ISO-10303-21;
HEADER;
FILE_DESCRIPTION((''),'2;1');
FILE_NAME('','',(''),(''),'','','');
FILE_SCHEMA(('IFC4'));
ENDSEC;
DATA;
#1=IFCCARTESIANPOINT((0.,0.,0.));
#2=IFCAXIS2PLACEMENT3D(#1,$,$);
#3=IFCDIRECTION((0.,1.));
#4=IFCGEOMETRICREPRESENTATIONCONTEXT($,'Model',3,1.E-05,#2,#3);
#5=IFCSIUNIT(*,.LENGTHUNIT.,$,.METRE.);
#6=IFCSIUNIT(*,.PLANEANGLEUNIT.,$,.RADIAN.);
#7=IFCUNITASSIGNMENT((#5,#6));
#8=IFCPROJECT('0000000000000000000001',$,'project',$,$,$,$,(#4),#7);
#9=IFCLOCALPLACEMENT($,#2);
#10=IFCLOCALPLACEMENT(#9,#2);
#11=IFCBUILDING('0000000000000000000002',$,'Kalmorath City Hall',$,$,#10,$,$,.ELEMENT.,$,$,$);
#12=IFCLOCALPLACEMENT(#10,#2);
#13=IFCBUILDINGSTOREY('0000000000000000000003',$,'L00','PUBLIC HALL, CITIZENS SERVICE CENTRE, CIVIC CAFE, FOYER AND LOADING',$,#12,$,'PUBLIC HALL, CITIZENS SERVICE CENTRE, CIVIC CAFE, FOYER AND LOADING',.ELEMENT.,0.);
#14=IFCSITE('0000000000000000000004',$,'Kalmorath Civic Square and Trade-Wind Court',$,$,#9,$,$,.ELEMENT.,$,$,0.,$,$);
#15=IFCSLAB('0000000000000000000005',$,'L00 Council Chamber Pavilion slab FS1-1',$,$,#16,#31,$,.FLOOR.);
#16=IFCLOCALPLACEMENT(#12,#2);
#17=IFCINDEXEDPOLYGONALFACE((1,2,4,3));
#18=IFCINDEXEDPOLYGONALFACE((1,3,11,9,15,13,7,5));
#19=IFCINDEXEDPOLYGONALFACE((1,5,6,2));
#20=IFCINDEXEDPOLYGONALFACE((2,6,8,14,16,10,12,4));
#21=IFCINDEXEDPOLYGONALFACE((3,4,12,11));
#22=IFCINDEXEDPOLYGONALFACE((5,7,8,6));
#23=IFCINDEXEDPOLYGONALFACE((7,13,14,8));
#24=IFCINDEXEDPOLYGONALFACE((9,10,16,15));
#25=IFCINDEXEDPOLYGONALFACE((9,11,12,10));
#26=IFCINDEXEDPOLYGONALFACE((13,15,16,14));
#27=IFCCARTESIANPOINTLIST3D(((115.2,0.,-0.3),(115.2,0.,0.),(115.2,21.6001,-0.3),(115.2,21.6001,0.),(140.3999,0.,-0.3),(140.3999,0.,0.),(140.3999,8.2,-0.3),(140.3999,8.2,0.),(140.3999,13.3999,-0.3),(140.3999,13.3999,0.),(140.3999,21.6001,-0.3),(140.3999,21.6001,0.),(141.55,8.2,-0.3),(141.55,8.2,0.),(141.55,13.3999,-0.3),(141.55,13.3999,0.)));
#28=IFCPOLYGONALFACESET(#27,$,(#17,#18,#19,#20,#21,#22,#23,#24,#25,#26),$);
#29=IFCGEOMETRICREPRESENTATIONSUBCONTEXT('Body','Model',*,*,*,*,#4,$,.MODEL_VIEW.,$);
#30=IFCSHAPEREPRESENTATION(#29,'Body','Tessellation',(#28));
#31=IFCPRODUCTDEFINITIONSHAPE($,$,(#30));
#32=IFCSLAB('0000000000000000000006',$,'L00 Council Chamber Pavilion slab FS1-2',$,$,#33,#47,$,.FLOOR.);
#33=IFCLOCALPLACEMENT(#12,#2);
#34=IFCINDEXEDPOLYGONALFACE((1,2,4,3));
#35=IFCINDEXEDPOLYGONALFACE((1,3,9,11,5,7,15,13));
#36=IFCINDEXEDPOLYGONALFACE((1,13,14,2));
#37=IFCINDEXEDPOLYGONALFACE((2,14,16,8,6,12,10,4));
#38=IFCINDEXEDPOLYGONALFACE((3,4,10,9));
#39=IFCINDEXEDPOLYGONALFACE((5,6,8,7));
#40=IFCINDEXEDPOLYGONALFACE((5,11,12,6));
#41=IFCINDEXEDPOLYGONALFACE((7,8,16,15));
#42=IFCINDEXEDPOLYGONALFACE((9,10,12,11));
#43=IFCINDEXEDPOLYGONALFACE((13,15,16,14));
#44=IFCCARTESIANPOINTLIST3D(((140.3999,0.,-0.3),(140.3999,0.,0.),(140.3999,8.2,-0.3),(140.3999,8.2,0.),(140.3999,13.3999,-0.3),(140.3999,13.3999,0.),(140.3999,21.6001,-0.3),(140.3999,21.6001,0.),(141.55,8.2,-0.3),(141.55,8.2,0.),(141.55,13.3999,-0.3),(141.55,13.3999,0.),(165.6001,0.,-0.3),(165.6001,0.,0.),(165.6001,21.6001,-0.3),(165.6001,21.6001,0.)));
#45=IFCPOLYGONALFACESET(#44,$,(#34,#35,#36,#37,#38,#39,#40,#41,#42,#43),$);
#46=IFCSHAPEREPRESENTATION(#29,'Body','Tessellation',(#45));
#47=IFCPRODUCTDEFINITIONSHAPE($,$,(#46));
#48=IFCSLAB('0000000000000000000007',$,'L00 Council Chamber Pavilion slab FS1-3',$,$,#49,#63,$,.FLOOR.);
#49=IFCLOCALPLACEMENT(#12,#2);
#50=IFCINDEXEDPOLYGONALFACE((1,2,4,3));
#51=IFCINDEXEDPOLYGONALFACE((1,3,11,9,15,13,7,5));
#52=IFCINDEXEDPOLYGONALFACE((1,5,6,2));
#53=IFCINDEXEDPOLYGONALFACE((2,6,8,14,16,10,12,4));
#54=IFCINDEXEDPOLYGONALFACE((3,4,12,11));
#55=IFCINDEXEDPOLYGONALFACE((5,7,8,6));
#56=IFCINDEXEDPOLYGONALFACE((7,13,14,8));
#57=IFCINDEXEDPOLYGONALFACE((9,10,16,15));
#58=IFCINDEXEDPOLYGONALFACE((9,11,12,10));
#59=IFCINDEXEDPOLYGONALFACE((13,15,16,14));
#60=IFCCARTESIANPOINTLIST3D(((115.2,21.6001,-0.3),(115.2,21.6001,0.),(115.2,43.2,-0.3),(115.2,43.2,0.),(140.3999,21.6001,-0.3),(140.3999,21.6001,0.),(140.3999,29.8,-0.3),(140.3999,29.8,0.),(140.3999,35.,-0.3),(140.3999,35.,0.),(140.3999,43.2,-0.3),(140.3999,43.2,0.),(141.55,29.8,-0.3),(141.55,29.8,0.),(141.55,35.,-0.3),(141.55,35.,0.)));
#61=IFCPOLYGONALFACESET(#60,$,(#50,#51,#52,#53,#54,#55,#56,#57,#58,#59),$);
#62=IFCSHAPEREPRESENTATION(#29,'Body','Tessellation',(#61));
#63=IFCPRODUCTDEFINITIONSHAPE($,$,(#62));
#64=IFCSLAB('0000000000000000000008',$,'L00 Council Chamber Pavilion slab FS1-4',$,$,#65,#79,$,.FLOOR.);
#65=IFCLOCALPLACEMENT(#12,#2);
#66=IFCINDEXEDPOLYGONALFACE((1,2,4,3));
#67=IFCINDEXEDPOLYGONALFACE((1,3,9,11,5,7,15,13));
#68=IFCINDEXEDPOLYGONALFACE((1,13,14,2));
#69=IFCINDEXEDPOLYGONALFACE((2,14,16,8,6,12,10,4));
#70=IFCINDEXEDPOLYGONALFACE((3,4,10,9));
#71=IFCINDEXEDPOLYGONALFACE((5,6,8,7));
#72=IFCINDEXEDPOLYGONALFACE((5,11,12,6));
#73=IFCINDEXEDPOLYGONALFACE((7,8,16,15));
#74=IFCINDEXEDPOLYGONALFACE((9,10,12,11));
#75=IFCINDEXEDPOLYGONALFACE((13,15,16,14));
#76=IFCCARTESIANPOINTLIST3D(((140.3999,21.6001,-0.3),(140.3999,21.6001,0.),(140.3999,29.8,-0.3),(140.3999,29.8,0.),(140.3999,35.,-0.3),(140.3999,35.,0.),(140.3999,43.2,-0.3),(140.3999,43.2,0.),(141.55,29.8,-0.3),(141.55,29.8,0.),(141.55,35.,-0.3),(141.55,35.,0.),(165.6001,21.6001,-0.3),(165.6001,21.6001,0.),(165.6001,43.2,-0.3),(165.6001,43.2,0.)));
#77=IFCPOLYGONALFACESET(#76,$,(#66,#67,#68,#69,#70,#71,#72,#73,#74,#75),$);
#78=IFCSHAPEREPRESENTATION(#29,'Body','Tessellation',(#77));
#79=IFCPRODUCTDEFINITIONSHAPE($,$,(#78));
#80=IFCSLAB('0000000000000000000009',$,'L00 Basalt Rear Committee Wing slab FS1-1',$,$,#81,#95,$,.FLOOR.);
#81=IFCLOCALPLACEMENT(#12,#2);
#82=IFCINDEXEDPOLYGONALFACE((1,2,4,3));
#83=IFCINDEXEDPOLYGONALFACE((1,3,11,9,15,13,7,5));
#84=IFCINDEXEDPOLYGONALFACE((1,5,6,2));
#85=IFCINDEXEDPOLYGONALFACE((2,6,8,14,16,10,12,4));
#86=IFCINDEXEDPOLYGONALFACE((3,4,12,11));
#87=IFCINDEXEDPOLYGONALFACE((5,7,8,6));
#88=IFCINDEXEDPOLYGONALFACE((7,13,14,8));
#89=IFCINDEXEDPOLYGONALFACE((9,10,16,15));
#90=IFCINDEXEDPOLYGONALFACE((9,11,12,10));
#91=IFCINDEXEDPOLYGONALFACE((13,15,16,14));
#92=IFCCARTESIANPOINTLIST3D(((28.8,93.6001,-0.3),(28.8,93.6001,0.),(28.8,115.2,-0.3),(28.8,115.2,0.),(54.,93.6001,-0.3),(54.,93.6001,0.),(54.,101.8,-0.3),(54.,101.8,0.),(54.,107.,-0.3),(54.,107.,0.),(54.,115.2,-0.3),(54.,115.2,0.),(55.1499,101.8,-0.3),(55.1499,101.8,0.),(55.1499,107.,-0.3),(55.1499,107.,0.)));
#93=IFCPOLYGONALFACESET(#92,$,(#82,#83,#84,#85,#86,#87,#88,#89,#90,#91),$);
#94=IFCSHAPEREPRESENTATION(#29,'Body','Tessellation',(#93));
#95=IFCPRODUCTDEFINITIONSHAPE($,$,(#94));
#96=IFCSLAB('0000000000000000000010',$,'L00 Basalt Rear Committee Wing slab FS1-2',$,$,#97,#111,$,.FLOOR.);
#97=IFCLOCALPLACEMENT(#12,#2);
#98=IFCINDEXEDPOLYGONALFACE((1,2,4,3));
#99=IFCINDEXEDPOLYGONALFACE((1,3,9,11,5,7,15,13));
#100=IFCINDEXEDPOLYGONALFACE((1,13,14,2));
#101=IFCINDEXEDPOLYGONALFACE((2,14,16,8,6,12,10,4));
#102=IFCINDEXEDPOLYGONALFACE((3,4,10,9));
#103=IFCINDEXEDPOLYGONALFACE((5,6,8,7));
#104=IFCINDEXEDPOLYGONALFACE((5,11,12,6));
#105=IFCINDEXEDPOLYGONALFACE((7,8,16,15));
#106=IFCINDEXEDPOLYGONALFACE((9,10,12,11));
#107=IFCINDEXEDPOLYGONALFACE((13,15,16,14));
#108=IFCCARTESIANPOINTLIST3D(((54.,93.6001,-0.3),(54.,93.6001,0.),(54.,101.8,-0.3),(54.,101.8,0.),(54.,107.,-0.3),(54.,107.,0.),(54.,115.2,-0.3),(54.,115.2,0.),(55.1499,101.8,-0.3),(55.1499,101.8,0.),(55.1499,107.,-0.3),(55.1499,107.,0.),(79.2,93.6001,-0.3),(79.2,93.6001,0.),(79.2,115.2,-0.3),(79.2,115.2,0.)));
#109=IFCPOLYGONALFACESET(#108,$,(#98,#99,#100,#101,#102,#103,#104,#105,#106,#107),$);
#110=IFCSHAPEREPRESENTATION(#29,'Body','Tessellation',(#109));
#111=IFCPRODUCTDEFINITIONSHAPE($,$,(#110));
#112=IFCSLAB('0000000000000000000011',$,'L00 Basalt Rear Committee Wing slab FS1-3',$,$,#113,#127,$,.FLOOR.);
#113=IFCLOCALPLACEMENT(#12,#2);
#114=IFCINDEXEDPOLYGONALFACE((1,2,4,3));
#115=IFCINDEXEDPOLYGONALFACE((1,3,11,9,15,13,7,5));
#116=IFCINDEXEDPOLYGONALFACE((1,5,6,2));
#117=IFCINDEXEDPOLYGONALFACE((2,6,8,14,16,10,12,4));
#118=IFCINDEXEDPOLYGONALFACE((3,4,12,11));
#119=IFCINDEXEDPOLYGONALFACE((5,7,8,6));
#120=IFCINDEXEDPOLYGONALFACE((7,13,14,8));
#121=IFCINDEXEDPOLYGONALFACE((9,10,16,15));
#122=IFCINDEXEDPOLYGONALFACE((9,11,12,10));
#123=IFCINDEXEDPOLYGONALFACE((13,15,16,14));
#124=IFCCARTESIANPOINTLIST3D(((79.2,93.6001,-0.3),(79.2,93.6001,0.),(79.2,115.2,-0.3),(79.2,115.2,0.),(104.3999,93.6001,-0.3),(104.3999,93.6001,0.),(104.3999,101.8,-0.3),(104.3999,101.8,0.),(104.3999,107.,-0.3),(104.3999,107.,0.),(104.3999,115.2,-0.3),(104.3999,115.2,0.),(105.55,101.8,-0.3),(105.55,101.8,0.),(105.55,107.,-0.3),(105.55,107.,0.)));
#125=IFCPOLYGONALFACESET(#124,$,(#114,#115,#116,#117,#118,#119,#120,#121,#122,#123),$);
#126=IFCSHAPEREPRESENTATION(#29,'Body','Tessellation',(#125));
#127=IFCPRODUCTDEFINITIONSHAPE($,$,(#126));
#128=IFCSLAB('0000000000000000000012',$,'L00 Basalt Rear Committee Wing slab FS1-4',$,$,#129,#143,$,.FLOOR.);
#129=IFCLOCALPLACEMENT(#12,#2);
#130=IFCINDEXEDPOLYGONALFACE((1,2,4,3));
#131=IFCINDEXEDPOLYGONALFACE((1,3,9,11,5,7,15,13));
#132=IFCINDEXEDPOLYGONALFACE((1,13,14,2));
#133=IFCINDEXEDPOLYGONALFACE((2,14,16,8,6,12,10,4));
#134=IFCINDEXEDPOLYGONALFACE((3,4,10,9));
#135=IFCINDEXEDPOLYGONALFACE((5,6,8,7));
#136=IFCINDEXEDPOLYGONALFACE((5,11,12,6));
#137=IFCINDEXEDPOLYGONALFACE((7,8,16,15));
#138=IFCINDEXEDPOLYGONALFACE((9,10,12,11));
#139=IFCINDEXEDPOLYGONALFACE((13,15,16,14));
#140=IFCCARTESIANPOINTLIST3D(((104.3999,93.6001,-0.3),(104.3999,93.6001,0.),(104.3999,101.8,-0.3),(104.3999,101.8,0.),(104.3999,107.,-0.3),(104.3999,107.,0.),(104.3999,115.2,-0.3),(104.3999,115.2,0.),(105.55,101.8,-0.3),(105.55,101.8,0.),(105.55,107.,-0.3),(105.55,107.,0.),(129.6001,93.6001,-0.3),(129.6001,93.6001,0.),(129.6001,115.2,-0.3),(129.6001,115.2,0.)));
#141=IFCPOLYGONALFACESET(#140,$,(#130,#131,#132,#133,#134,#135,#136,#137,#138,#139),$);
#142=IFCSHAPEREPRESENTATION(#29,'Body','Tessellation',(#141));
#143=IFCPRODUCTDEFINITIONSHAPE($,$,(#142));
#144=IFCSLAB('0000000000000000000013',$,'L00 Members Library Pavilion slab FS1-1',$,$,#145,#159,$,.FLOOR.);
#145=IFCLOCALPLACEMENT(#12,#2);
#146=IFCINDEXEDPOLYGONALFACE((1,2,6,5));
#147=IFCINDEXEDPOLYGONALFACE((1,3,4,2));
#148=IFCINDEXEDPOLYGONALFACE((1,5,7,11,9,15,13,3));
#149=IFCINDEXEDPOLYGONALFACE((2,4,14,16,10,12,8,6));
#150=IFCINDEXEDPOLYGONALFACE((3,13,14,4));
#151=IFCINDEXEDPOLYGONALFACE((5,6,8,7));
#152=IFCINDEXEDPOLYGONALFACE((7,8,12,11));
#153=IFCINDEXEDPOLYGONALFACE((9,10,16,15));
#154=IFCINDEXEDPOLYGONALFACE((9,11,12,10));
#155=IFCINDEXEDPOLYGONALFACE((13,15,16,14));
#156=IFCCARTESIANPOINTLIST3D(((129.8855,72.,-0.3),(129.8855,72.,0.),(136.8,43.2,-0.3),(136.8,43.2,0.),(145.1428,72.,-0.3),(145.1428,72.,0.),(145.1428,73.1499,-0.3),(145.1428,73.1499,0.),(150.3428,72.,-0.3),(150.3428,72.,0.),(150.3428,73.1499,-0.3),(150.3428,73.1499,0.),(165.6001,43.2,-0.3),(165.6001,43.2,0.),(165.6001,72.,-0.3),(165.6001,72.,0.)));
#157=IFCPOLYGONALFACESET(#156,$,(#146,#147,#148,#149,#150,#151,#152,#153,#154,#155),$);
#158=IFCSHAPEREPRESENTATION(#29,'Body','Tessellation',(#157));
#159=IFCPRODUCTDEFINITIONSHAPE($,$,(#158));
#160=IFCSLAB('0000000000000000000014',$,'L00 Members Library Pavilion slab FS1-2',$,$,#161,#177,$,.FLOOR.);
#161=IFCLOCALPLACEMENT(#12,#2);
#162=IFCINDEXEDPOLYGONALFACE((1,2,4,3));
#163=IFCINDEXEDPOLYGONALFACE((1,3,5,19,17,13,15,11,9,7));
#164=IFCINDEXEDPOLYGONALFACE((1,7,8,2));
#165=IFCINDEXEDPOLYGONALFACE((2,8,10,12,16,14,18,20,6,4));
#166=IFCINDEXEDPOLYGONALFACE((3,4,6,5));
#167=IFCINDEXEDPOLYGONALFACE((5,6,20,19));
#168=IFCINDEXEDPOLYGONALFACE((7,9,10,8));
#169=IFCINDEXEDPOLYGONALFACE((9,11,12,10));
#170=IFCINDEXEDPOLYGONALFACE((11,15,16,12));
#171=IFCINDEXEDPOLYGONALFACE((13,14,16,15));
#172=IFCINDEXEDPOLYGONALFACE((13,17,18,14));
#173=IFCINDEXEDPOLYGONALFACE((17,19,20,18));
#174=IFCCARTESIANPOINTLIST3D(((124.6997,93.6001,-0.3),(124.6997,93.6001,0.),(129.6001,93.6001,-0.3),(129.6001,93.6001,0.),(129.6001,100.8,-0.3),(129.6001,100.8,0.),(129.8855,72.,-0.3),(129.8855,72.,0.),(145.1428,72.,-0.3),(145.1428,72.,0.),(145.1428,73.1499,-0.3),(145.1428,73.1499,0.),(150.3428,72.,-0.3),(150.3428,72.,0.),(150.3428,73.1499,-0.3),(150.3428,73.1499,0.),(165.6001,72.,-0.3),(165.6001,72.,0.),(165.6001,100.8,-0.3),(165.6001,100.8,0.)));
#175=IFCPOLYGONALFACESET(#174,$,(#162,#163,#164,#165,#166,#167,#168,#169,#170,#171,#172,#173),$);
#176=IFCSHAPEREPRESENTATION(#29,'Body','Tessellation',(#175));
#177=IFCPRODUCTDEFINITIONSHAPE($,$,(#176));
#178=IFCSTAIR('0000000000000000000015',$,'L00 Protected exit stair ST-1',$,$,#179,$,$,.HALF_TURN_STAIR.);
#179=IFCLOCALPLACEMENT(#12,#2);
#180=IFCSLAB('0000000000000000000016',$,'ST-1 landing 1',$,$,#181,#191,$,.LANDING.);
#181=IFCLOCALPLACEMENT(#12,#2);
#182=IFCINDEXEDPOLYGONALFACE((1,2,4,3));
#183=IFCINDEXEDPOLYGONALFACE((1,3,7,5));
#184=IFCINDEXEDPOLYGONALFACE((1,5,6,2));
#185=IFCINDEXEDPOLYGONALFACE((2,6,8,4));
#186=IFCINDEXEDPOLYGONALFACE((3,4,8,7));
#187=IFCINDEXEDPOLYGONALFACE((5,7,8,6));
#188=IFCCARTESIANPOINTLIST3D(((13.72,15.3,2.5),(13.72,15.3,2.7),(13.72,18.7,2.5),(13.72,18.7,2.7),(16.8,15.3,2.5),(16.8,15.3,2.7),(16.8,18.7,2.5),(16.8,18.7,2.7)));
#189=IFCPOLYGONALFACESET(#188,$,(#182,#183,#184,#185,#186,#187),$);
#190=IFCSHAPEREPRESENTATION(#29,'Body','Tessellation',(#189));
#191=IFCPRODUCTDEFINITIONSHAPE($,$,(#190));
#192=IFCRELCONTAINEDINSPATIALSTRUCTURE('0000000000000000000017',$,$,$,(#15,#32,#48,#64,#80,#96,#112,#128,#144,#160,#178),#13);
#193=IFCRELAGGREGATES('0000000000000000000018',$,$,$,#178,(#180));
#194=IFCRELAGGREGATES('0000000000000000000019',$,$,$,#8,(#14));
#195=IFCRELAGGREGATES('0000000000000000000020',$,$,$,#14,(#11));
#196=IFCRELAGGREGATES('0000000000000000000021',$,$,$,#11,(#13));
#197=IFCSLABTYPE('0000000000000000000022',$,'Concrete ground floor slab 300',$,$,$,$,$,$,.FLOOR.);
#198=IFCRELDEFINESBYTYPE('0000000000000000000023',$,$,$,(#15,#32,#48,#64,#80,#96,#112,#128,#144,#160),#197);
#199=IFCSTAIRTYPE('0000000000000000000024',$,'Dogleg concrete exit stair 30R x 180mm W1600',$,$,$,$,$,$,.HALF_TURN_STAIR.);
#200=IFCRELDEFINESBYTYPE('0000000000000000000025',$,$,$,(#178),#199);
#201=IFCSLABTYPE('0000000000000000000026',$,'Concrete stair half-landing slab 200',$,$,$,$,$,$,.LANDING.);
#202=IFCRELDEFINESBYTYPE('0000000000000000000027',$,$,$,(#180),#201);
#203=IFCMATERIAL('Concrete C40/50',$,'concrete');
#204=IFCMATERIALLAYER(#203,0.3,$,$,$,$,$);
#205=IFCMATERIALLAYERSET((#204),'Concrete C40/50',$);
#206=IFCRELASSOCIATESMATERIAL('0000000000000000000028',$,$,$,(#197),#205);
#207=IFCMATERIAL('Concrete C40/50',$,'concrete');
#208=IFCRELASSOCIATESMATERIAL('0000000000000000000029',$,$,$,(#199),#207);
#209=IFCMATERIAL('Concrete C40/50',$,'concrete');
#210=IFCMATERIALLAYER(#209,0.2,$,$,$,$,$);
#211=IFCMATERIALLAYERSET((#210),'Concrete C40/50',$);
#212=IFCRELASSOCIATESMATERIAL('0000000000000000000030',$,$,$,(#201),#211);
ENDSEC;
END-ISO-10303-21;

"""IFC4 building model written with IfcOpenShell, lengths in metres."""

from ifc_helpers import new_model, si_unit, direction, frame, origin, place, context, subcontext, project, spatial, polyline, outline, extrude, material, layer, layer_set, type_object, element, aggregate, save


model = new_model("IFC4")

# Units and contexts
model_context = context("Model", 3, precision=1e-05, world=origin(), true_north=direction((0.0, 1.0)))
body_context = subcontext(model_context, "Body", "Model", "MODEL_VIEW")
ifc_project = project(units=[si_unit("LENGTHUNIT", "METRE"), si_unit("PLANEANGLEUNIT", "RADIAN")], contexts=[model_context])

# Site, building, storey
site_placement = place(None, origin())
site = spatial("IfcSite", under=ifc_project, at=site_placement, Name="Kalmorath Civic Square and Trade-Wind Court", CompositionType="ELEMENT", RefElevation=0.0)
building_placement = place(site_placement, origin())
building = spatial("IfcBuilding", under=site, at=building_placement, Name="Kalmorath City Hall", CompositionType="ELEMENT")
storey_placement = place(building_placement, origin())
storey = spatial("IfcBuildingStorey", under=building, at=storey_placement, Name="L00", Description="PUBLIC HALL, CITIZENS SERVICE CENTRE, CIVIC CAFE, FOYER AND LOADING", LongName="PUBLIC HALL, CITIZENS SERVICE CENTRE, CIVIC CAFE, FOYER AND LOADING", CompositionType="ELEMENT", Elevation=0.0)

# Slabs
ifc_material_1 = material(Name="Concrete C40/50", Category="concrete")
ifc_layer_1 = layer(ifc_material_1, 0.3)
ifc_layer_set_1 = layer_set([ifc_layer_1], Name="Concrete C40/50")
slab_type_1 = type_object("IfcSlabType", Name="Concrete ground floor slab 300", PredefinedType="FLOOR", material=ifc_layer_set_1)
slab_1_placement = place(storey_placement, frame((0.0, 0.0, -0.3)))
element("IfcSlab", 1, at=slab_1_placement, inside=storey, type_object=slab_type_1, Name="L00 Council Chamber Pavilion slab FS1-1", PredefinedType="FLOOR", context=body_context, shape_type="SweptSolid", body=[
    extrude(outline(polyline([(115.2, 21.6001), (140.3999, 21.6001), (140.3999, 13.3999), (141.55, 13.3999), (141.55, 8.2), (140.3999, 8.2), (140.3999, 0.0), (115.2, 0.0), (115.2, 21.6001)])), origin(), (0.0, 0.0, 1.0), 0.3),
])
slab_2_placement = place(storey_placement, frame((0.0, 0.0, -0.3)))
element("IfcSlab", 2, at=slab_2_placement, inside=storey, type_object=slab_type_1, Name="L00 Council Chamber Pavilion slab FS1-2", PredefinedType="FLOOR", context=body_context, shape_type="SweptSolid", body=[
    extrude(outline(polyline([(140.3999, 0.0), (140.3999, 8.2), (141.55, 8.2), (141.55, 13.3999), (140.3999, 13.3999), (140.3999, 21.6001), (165.6001, 21.6001), (165.6001, 0.0), (140.3999, 0.0)])), origin(), (0.0, 0.0, 1.0), 0.3),
])
slab_3_placement = place(storey_placement, frame((0.0, 0.0, -0.3)))
element("IfcSlab", 3, at=slab_3_placement, inside=storey, type_object=slab_type_1, Name="L00 Council Chamber Pavilion slab FS1-3", PredefinedType="FLOOR", context=body_context, shape_type="SweptSolid", body=[
    extrude(outline(polyline([(140.3999, 43.2), (140.3999, 35.0), (141.55, 35.0), (141.55, 29.8), (140.3999, 29.8), (140.3999, 21.6001), (115.2, 21.6001), (115.2, 43.2), (140.3999, 43.2)])), origin(), (0.0, 0.0, 1.0), 0.3),
])
slab_4_placement = place(storey_placement, frame((0.0, 0.0, -0.3)))
element("IfcSlab", 4, at=slab_4_placement, inside=storey, type_object=slab_type_1, Name="L00 Council Chamber Pavilion slab FS1-4", PredefinedType="FLOOR", context=body_context, shape_type="SweptSolid", body=[
    extrude(outline(polyline([(140.3999, 21.6001), (140.3999, 29.8), (141.55, 29.8), (141.55, 35.0), (140.3999, 35.0), (140.3999, 43.2), (165.6001, 43.2), (165.6001, 21.6001), (140.3999, 21.6001)])), origin(), (0.0, 0.0, 1.0), 0.3),
])
slab_5_placement = place(storey_placement, frame((0.0, 0.0, -0.3)))
element("IfcSlab", 5, at=slab_5_placement, inside=storey, type_object=slab_type_1, Name="L00 Basalt Rear Committee Wing slab FS1-1", PredefinedType="FLOOR", context=body_context, shape_type="SweptSolid", body=[
    extrude(outline(polyline([(28.8, 115.2), (54.0, 115.2), (54.0, 107.0), (55.1499, 107.0), (55.1499, 101.8), (54.0, 101.8), (54.0, 93.6001), (28.8, 93.6001), (28.8, 115.2)])), origin(), (0.0, 0.0, 1.0), 0.3),
])
slab_6_placement = place(storey_placement, frame((0.0, 0.0, -0.3)))
element("IfcSlab", 6, at=slab_6_placement, inside=storey, type_object=slab_type_1, Name="L00 Basalt Rear Committee Wing slab FS1-2", PredefinedType="FLOOR", context=body_context, shape_type="SweptSolid", body=[
    extrude(outline(polyline([(54.0, 101.8), (55.1499, 101.8), (55.1499, 107.0), (54.0, 107.0), (54.0, 115.2), (79.2, 115.2), (79.2, 93.6001), (54.0, 93.6001), (54.0, 101.8)])), origin(), (0.0, 0.0, 1.0), 0.3),
])
slab_7_placement = place(storey_placement, frame((0.0, 0.0, -0.3)))
element("IfcSlab", 7, at=slab_7_placement, inside=storey, type_object=slab_type_1, Name="L00 Basalt Rear Committee Wing slab FS1-3", PredefinedType="FLOOR", context=body_context, shape_type="SweptSolid", body=[
    extrude(outline(polyline([(79.2, 115.2), (104.3999, 115.2), (104.3999, 107.0), (105.55, 107.0), (105.55, 101.8), (104.3999, 101.8), (104.3999, 93.6001), (79.2, 93.6001), (79.2, 115.2)])), origin(), (0.0, 0.0, 1.0), 0.3),
])
slab_8_placement = place(storey_placement, frame((0.0, 0.0, -0.3)))
element("IfcSlab", 8, at=slab_8_placement, inside=storey, type_object=slab_type_1, Name="L00 Basalt Rear Committee Wing slab FS1-4", PredefinedType="FLOOR", context=body_context, shape_type="SweptSolid", body=[
    extrude(outline(polyline([(104.3999, 93.6001), (104.3999, 101.8), (105.55, 101.8), (105.55, 107.0), (104.3999, 107.0), (104.3999, 115.2), (129.6001, 115.2), (129.6001, 93.6001), (104.3999, 93.6001)])), origin(), (0.0, 0.0, 1.0), 0.3),
])
slab_9_placement = place(storey_placement, frame((0.0, 0.0, -0.3)))
element("IfcSlab", 9, at=slab_9_placement, inside=storey, type_object=slab_type_1, Name="L00 Members Library Pavilion slab FS1-1", PredefinedType="FLOOR", context=body_context, shape_type="SweptSolid", body=[
    extrude(outline(polyline([(145.1428, 72.0), (145.1428, 73.1499), (150.3428, 73.1499), (150.3428, 72.0), (165.6001, 72.0), (165.6001, 43.2), (136.8, 43.2), (129.8855, 72.0), (145.1428, 72.0)])), origin(), (0.0, 0.0, 1.0), 0.3),
])
slab_10_placement = place(storey_placement, frame((0.0, 0.0, -0.3)))
element("IfcSlab", 10, at=slab_10_placement, inside=storey, type_object=slab_type_1, Name="L00 Members Library Pavilion slab FS1-2", PredefinedType="FLOOR", context=body_context, shape_type="SweptSolid", body=[
    extrude(outline(polyline([(129.6001, 93.6001), (129.6001, 100.8), (165.6001, 100.8), (165.6001, 72.0), (150.3428, 72.0), (150.3428, 73.1499), (145.1428, 73.1499), (145.1428, 72.0), (129.8855, 72.0), (124.6997, 93.6001), (129.6001, 93.6001)])), origin(), (0.0, 0.0, 1.0), 0.3),
])

# Stair, slab
ifc_material_2 = material(Name="Concrete C40/50", Category="concrete")
stair_type_1 = type_object("IfcStairType", Name="Dogleg concrete exit stair 30R x 180mm W1600", PredefinedType="HALF_TURN_STAIR", material=ifc_material_2)
stair_1_placement = place(storey_placement, origin())
stair_1 = element("IfcStair", 11, at=stair_1_placement, inside=storey, type_object=stair_type_1, Name="L00 Protected exit stair ST-1", PredefinedType="HALF_TURN_STAIR")
ifc_material_3 = material(Name="Concrete C40/50", Category="concrete")
ifc_layer_2 = layer(ifc_material_3, 0.2)
ifc_layer_set_2 = layer_set([ifc_layer_2], Name="Concrete C40/50")
slab_type_2 = type_object("IfcSlabType", Name="Concrete stair half-landing slab 200", PredefinedType="LANDING", material=ifc_layer_set_2)
slab_11_placement = place(storey_placement, frame((0.0, 0.0, 2.5)))
slab_11 = element("IfcSlab", 12, at=slab_11_placement, type_object=slab_type_2, Name="ST-1 landing 1", PredefinedType="LANDING", context=body_context, shape_type="SweptSolid", body=[
    extrude(outline(polyline([(13.72, 15.3), (16.8, 15.3), (16.8, 18.7), (13.72, 18.7), (13.72, 15.3)])), origin(), (0.0, 0.0, 1.0), 0.2),
])
aggregate(stair_1, [slab_11])

save(model, "model.ifc")
